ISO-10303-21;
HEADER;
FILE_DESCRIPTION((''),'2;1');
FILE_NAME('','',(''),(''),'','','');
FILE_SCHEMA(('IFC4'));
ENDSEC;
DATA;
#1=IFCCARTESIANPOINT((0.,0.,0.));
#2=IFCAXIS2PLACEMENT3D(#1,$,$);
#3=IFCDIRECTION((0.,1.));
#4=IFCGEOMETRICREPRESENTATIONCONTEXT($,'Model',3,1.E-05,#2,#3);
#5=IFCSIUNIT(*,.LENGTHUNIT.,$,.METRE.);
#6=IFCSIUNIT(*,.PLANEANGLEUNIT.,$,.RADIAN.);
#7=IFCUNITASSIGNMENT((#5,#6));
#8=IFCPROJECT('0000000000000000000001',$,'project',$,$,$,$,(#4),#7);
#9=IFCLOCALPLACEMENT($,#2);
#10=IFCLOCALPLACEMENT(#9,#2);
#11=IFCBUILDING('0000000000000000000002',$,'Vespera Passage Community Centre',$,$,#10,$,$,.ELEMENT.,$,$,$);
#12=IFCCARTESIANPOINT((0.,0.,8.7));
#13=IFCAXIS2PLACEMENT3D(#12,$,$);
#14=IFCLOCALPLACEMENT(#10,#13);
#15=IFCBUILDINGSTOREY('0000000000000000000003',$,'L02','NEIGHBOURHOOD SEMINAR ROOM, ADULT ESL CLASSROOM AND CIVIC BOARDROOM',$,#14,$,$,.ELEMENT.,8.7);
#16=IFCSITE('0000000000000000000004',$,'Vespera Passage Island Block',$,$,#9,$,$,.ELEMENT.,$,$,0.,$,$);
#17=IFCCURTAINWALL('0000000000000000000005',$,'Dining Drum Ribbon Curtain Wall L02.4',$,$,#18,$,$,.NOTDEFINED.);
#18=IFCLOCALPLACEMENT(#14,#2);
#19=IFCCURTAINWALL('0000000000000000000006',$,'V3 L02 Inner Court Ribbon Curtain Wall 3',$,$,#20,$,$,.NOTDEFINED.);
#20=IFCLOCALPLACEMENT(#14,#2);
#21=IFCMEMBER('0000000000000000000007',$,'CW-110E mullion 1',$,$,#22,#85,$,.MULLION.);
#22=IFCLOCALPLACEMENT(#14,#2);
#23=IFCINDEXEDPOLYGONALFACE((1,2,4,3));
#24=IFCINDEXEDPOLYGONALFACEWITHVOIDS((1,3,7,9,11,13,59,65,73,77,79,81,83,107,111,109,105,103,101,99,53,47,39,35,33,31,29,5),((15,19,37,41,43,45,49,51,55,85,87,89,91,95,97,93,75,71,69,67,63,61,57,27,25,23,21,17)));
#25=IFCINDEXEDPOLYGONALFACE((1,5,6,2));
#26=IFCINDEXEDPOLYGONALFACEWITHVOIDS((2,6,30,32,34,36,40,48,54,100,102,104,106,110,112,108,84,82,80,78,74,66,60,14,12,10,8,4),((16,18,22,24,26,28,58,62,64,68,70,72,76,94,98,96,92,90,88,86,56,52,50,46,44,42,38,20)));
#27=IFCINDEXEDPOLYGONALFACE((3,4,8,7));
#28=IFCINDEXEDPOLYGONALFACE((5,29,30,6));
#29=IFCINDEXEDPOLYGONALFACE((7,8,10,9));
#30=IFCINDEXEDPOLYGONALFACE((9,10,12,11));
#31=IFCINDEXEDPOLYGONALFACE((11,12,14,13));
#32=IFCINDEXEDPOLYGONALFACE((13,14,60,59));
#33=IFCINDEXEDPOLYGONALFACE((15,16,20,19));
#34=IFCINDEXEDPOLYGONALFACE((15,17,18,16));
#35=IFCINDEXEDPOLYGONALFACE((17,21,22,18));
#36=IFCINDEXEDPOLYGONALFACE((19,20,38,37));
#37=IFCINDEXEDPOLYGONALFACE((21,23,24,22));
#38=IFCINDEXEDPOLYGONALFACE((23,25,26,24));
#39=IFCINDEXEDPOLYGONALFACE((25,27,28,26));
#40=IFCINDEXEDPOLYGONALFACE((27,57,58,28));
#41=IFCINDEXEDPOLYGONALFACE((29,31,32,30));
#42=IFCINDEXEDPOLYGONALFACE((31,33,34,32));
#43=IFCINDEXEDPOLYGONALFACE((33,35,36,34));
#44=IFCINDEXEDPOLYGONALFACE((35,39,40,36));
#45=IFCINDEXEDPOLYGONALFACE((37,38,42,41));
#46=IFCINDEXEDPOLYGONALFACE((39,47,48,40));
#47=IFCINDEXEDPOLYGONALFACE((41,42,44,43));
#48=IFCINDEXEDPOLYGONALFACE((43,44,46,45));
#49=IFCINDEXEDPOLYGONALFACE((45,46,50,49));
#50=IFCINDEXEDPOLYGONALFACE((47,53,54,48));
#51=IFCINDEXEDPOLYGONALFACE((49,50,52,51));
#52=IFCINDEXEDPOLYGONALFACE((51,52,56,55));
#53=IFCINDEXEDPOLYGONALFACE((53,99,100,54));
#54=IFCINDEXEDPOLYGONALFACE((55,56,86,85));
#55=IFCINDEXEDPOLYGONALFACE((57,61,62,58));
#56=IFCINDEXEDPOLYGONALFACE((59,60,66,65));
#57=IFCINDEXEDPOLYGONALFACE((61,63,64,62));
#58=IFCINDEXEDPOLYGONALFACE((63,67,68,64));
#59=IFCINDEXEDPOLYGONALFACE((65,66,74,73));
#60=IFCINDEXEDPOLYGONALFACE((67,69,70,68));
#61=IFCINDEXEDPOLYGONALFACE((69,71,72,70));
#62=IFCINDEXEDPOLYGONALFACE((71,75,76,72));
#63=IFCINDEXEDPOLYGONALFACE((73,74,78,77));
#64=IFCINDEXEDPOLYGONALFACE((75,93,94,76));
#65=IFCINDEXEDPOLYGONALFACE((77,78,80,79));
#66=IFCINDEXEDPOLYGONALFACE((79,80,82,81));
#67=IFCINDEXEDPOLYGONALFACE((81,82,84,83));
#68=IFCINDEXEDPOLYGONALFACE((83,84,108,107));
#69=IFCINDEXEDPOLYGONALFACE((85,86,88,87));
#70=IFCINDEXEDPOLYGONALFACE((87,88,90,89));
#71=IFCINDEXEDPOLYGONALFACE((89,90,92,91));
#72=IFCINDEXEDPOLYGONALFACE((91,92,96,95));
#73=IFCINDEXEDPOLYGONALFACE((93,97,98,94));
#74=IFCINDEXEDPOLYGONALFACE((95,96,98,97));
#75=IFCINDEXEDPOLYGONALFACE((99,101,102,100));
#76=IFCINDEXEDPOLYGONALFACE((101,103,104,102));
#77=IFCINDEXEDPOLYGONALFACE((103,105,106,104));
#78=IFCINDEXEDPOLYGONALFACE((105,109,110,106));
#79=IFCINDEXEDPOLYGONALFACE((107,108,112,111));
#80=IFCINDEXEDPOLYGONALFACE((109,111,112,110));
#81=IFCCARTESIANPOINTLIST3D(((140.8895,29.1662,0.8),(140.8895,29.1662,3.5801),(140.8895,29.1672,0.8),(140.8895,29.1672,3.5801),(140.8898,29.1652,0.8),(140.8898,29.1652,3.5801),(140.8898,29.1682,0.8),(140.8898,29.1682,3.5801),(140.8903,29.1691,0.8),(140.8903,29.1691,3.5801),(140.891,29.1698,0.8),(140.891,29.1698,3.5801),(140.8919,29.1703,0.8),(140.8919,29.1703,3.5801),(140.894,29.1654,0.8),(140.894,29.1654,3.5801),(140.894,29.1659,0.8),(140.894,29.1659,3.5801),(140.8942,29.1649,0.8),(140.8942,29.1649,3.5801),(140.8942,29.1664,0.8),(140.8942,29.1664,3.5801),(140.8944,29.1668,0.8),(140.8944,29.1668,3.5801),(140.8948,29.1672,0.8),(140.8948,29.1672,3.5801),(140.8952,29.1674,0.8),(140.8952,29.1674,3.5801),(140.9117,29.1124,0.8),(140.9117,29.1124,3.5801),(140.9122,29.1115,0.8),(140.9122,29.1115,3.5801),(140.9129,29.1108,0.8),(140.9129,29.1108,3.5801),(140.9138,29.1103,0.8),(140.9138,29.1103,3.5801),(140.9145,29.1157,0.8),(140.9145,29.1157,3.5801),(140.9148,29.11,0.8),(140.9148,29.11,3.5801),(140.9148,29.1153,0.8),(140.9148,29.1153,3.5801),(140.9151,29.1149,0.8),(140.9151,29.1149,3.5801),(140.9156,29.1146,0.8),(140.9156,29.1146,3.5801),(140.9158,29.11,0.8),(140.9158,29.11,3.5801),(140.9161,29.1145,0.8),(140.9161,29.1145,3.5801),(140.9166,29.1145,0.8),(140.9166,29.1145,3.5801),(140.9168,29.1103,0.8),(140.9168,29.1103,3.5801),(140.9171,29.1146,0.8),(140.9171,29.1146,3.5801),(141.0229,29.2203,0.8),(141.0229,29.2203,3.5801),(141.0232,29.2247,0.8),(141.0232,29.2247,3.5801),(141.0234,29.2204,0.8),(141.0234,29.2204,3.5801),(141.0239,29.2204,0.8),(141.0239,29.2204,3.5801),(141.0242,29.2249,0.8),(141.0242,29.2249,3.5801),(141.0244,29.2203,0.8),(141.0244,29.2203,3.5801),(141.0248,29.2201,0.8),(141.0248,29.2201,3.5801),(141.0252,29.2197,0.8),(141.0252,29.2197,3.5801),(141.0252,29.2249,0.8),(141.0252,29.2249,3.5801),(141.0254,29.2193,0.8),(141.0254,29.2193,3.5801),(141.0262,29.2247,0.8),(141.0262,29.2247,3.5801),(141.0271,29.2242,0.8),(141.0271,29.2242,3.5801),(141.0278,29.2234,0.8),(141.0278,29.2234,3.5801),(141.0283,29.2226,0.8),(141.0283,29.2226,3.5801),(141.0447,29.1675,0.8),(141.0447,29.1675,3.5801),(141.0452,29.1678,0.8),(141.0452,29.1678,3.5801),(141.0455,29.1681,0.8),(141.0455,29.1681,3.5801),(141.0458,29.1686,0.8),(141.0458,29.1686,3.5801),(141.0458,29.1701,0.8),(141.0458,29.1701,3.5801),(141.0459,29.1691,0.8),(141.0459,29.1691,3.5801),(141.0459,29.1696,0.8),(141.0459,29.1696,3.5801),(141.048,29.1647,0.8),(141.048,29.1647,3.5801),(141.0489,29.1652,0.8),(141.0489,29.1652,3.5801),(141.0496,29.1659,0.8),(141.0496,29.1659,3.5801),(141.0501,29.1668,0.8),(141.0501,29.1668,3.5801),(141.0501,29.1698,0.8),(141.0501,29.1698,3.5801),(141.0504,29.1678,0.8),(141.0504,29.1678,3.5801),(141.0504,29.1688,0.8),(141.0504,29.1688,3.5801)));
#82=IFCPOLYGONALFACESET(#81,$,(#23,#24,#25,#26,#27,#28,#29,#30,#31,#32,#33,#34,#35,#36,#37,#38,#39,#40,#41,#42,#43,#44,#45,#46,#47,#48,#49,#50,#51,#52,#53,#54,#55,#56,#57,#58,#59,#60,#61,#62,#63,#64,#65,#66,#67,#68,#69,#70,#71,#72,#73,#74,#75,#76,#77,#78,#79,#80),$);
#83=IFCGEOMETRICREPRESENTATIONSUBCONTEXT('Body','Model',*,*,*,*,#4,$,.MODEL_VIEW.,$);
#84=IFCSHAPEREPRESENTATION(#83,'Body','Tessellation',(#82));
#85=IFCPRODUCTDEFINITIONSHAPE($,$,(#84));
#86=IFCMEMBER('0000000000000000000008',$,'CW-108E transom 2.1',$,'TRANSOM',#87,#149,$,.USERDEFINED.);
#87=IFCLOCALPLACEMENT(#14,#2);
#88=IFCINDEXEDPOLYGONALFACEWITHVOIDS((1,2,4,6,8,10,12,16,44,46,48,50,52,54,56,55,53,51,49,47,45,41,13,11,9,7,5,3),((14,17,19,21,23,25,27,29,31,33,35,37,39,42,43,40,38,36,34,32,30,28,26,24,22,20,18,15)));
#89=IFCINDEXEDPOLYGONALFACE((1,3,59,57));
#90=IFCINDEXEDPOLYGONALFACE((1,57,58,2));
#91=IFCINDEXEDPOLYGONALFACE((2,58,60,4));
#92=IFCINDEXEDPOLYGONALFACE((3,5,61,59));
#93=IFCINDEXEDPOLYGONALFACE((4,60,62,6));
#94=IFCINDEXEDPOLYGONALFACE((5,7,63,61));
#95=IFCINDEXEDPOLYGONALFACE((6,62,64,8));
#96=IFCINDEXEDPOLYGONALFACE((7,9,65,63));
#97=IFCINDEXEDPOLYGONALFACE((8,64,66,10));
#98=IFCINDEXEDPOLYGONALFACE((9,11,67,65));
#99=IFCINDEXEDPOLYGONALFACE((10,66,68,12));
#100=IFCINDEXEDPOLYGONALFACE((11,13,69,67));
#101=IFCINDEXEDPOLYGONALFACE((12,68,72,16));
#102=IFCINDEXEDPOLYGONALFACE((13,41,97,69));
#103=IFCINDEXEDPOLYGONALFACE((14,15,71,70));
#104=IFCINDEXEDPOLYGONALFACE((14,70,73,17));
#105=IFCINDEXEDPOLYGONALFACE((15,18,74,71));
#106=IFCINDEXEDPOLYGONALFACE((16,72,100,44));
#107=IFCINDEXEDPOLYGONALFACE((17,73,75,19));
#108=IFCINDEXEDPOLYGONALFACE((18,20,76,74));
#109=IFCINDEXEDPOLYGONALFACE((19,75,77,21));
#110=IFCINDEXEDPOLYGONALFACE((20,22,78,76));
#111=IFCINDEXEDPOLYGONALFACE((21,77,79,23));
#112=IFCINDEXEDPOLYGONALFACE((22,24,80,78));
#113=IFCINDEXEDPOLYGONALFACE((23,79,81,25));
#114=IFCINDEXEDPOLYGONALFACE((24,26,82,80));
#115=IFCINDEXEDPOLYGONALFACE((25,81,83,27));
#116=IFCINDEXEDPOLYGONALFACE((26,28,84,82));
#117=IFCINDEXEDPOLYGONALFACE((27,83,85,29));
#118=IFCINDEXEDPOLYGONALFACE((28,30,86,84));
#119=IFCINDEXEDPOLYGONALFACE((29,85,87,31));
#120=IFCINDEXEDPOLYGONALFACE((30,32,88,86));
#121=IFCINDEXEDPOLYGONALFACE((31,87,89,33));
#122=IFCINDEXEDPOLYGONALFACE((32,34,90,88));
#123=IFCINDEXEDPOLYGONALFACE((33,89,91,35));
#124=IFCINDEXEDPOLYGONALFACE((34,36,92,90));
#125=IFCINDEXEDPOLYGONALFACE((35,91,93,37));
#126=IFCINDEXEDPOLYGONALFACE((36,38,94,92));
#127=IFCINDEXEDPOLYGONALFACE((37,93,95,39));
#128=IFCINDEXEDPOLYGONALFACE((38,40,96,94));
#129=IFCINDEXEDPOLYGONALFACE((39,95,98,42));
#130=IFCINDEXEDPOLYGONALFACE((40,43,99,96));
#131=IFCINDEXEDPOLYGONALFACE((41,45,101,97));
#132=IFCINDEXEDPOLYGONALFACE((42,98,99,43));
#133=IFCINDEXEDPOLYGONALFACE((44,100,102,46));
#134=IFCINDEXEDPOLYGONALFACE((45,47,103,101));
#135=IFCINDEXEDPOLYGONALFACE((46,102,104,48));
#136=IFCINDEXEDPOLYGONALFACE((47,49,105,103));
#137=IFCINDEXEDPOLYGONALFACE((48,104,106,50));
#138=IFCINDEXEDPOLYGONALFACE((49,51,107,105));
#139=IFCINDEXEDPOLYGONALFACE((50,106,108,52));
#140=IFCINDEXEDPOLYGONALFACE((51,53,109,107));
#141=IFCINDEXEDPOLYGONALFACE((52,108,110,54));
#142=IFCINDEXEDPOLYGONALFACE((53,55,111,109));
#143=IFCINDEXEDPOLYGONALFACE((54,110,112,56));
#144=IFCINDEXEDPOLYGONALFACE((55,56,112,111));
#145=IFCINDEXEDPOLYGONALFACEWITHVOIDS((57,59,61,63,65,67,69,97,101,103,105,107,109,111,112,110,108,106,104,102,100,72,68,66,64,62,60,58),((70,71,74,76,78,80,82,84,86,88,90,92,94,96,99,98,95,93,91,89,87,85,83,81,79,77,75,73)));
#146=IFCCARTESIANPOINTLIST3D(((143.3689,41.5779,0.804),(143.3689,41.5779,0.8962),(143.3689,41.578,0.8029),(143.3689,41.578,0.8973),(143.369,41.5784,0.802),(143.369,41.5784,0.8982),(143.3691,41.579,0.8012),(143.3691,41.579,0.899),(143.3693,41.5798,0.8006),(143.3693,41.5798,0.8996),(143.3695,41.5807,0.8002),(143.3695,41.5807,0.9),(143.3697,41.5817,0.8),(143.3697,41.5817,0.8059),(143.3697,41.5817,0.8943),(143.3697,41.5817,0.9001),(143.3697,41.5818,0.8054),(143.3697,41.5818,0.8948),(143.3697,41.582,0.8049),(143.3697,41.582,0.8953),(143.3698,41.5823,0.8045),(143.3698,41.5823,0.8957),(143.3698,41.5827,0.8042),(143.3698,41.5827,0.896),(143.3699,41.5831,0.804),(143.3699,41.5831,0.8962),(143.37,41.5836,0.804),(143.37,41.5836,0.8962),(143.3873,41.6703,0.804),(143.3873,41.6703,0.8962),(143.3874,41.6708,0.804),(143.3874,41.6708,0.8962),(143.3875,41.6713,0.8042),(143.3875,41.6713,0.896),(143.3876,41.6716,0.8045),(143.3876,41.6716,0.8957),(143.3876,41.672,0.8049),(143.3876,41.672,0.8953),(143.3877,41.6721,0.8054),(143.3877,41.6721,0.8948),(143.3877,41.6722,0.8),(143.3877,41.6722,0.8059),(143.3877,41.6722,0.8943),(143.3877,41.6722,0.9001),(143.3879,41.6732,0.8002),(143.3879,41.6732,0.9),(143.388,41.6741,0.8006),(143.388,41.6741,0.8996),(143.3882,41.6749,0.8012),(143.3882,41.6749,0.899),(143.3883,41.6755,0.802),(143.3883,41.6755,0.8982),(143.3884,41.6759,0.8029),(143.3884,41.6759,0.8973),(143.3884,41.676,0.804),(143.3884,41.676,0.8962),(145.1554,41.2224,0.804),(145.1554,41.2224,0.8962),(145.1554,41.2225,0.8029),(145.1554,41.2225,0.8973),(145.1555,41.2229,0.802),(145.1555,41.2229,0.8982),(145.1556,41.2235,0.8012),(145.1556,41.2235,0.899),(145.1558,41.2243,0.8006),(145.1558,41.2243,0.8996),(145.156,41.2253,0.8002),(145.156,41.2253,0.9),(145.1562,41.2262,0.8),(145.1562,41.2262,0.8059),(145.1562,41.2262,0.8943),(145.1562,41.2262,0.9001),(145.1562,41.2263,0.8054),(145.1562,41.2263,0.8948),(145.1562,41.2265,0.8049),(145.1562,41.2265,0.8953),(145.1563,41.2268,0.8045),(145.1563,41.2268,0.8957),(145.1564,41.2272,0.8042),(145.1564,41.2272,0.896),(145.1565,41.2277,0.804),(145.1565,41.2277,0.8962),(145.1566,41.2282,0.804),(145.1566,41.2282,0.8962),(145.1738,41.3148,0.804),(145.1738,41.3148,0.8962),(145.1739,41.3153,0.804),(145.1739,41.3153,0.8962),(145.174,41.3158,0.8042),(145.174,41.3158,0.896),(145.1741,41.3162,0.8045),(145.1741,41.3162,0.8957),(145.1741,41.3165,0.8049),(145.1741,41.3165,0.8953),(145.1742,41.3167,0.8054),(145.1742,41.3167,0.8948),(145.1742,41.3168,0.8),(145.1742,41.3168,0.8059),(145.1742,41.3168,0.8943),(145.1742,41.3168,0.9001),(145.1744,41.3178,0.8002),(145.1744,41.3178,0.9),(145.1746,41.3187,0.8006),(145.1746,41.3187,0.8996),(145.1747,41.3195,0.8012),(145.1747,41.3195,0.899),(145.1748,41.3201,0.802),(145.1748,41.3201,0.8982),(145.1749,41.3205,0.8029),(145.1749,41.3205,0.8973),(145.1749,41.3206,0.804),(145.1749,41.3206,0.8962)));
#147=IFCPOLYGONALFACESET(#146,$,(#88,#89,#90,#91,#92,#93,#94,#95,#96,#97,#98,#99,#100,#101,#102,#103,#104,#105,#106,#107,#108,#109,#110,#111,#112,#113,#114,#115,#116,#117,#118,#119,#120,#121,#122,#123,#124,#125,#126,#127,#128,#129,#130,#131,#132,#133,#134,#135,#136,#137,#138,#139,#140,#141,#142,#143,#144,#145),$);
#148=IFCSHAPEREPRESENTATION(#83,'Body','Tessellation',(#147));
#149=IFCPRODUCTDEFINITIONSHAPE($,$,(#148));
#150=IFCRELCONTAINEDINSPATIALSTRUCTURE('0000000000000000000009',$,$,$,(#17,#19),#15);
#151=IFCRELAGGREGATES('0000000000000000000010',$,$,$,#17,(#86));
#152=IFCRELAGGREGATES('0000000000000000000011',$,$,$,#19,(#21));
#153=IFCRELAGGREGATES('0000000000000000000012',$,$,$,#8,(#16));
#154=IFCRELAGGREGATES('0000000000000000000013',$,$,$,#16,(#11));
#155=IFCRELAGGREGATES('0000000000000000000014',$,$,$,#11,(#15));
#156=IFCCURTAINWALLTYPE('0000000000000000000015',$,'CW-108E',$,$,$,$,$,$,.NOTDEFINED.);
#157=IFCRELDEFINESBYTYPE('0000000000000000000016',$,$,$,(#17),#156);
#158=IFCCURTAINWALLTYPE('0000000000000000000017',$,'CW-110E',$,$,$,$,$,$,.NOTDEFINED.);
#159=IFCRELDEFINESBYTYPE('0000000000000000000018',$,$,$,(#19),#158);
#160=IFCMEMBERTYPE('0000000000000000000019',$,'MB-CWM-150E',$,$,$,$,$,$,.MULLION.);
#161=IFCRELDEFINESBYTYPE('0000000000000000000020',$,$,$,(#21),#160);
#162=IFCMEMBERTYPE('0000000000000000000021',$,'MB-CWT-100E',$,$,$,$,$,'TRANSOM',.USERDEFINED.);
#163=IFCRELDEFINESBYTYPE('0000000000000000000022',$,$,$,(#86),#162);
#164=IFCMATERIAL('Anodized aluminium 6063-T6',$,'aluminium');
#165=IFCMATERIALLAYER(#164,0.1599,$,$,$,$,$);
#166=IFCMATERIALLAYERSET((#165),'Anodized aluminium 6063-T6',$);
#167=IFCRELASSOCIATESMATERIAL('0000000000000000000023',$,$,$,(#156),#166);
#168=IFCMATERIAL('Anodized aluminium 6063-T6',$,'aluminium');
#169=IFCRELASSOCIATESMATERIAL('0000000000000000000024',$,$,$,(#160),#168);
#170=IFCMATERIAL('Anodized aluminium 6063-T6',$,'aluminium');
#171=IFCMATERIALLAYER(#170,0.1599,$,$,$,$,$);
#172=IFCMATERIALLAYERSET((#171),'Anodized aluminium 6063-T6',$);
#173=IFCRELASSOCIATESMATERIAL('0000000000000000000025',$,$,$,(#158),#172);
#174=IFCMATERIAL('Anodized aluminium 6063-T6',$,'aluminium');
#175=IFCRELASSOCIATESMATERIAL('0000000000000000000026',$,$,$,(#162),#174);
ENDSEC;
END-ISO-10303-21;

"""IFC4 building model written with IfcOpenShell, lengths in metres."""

from ifc_helpers import new_model, si_unit, direction, frame, origin, origin_2d, place, context, subcontext, project, spatial, hollow_rectangle, extrude, material, layer, layer_set, material_profile, profile_set, type_object, element, aggregate, save


model = new_model("IFC4")

# Units and contexts
model_context = context("Model", 3, precision=1e-05, world=origin(), true_north=direction((0.0, 1.0)))
body_context = subcontext(model_context, "Body", "Model", "MODEL_VIEW")
ifc_project = project(units=[si_unit("LENGTHUNIT", "METRE"), si_unit("PLANEANGLEUNIT", "RADIAN")], contexts=[model_context])

# Site, building, storey
site_placement = place(None, origin())
site = spatial("IfcSite", under=ifc_project, at=site_placement, Name="Vespera Passage Island Block", CompositionType="ELEMENT", RefElevation=0.0)
building_placement = place(site_placement, origin())
building = spatial("IfcBuilding", under=site, at=building_placement, Name="Vespera Passage Community Centre", CompositionType="ELEMENT")
storey_placement = place(building_placement, frame((0.0, 0.0, 8.7)))
storey = spatial("IfcBuildingStorey", under=building, at=storey_placement, Name="L02", Description="NEIGHBOURHOOD SEMINAR ROOM, ADULT ESL CLASSROOM AND CIVIC BOARDROOM", CompositionType="ELEMENT", Elevation=8.7)

# Curtain wall
ifc_material_1 = material(Name="Anodized aluminium 6063-T6", Category="aluminium")
ifc_layer_1 = layer(ifc_material_1, 0.1599)
ifc_layer_set_1 = layer_set([ifc_layer_1], Name="Anodized aluminium 6063-T6")
curtain_wall_type_1 = type_object("IfcCurtainWallType", Name="CW-108E", PredefinedType="NOTDEFINED", material=ifc_layer_set_1)
curtain_wall_1_placement = place(storey_placement, origin())
curtain_wall_1 = element("IfcCurtainWall", 1, at=curtain_wall_1_placement, inside=storey, type_object=curtain_wall_type_1, Name="Dining Drum Ribbon Curtain Wall L02.4", PredefinedType="NOTDEFINED")
ifc_material_2 = material(Name="Anodized aluminium 6063-T6", Category="aluminium")
ifc_material_profile_1 = material_profile(ifc_material_2, hollow_rectangle(XDim=0.0649, YDim=0.1499, WallThickness=0.0039, InnerFilletRadius=0.002, OuterFilletRadius=0.0039, at=origin_2d()), Name="ALU150X65X4")
ifc_profile_set_1 = profile_set([ifc_material_profile_1], Name="Anodized aluminium 6063-T6")
member_type_1 = type_object("IfcMemberType", Name="MB-CWM-150E", PredefinedType="MULLION", material=ifc_profile_set_1)

# Curtain wall, member
ifc_material_3 = material(Name="Anodized aluminium 6063-T6", Category="aluminium")
ifc_layer_2 = layer(ifc_material_3, 0.1599)
ifc_layer_set_2 = layer_set([ifc_layer_2], Name="Anodized aluminium 6063-T6")
curtain_wall_type_2 = type_object("IfcCurtainWallType", Name="CW-110E", PredefinedType="NOTDEFINED", material=ifc_layer_set_2)
curtain_wall_2_placement = place(storey_placement, origin())
curtain_wall_2 = element("IfcCurtainWall", 2, at=curtain_wall_2_placement, inside=storey, type_object=curtain_wall_type_2, Name="V3 L02 Inner Court Ribbon Curtain Wall 3", PredefinedType="NOTDEFINED")
member_1_placement = place(storey_placement, frame((140.97, 29.1675, 0.8), z_axis=(0.0, 0.0, 1.0), x_axis=(0.382686, -0.923879, 0.0)))
member_1 = element("IfcMember", 3, at=member_1_placement, type_object=member_type_1, Name="CW-110E mullion 1", PredefinedType="MULLION", context=body_context, shape_type="SweptSolid", body=[
    extrude(hollow_rectangle(XDim=0.0649, YDim=0.1499, WallThickness=0.0039, InnerFilletRadius=0.002, OuterFilletRadius=0.0039, at=origin_2d()), origin(), (0.0, 0.0, 1.0), 2.78),
])

# Member
ifc_material_4 = material(Name="Anodized aluminium 6063-T6", Category="aluminium")
ifc_material_profile_2 = material_profile(ifc_material_4, hollow_rectangle(XDim=0.1001, YDim=0.1001, WallThickness=0.0039, InnerFilletRadius=0.002, OuterFilletRadius=0.0039, at=origin_2d()), Name="ALU100X100X4")
ifc_profile_set_2 = profile_set([ifc_material_profile_2], Name="Anodized aluminium 6063-T6")
member_type_2 = type_object("IfcMemberType", Name="MB-CWT-100E", ElementType="TRANSOM", PredefinedType="USERDEFINED", material=ifc_profile_set_2)
member_2_placement = place(storey_placement, frame((143.3787, 41.627, 0.8501), z_axis=(0.980776, -0.195137, 0.0), x_axis=(0.195137, 0.980776, 0.0)))
member_2 = element("IfcMember", 4, at=member_2_placement, type_object=member_type_2, Name="CW-108E transom 2.1", ObjectType="TRANSOM", PredefinedType="USERDEFINED", context=body_context, shape_type="SweptSolid", body=[
    extrude(hollow_rectangle(XDim=0.1001, YDim=0.1001, WallThickness=0.0039, InnerFilletRadius=0.002, OuterFilletRadius=0.0039, at=origin_2d()), origin(), (0.0, 0.0, 1.0), 1.8215),
])

aggregate(curtain_wall_1, [member_2])
aggregate(curtain_wall_2, [member_1])

save(model, "model.ifc")
